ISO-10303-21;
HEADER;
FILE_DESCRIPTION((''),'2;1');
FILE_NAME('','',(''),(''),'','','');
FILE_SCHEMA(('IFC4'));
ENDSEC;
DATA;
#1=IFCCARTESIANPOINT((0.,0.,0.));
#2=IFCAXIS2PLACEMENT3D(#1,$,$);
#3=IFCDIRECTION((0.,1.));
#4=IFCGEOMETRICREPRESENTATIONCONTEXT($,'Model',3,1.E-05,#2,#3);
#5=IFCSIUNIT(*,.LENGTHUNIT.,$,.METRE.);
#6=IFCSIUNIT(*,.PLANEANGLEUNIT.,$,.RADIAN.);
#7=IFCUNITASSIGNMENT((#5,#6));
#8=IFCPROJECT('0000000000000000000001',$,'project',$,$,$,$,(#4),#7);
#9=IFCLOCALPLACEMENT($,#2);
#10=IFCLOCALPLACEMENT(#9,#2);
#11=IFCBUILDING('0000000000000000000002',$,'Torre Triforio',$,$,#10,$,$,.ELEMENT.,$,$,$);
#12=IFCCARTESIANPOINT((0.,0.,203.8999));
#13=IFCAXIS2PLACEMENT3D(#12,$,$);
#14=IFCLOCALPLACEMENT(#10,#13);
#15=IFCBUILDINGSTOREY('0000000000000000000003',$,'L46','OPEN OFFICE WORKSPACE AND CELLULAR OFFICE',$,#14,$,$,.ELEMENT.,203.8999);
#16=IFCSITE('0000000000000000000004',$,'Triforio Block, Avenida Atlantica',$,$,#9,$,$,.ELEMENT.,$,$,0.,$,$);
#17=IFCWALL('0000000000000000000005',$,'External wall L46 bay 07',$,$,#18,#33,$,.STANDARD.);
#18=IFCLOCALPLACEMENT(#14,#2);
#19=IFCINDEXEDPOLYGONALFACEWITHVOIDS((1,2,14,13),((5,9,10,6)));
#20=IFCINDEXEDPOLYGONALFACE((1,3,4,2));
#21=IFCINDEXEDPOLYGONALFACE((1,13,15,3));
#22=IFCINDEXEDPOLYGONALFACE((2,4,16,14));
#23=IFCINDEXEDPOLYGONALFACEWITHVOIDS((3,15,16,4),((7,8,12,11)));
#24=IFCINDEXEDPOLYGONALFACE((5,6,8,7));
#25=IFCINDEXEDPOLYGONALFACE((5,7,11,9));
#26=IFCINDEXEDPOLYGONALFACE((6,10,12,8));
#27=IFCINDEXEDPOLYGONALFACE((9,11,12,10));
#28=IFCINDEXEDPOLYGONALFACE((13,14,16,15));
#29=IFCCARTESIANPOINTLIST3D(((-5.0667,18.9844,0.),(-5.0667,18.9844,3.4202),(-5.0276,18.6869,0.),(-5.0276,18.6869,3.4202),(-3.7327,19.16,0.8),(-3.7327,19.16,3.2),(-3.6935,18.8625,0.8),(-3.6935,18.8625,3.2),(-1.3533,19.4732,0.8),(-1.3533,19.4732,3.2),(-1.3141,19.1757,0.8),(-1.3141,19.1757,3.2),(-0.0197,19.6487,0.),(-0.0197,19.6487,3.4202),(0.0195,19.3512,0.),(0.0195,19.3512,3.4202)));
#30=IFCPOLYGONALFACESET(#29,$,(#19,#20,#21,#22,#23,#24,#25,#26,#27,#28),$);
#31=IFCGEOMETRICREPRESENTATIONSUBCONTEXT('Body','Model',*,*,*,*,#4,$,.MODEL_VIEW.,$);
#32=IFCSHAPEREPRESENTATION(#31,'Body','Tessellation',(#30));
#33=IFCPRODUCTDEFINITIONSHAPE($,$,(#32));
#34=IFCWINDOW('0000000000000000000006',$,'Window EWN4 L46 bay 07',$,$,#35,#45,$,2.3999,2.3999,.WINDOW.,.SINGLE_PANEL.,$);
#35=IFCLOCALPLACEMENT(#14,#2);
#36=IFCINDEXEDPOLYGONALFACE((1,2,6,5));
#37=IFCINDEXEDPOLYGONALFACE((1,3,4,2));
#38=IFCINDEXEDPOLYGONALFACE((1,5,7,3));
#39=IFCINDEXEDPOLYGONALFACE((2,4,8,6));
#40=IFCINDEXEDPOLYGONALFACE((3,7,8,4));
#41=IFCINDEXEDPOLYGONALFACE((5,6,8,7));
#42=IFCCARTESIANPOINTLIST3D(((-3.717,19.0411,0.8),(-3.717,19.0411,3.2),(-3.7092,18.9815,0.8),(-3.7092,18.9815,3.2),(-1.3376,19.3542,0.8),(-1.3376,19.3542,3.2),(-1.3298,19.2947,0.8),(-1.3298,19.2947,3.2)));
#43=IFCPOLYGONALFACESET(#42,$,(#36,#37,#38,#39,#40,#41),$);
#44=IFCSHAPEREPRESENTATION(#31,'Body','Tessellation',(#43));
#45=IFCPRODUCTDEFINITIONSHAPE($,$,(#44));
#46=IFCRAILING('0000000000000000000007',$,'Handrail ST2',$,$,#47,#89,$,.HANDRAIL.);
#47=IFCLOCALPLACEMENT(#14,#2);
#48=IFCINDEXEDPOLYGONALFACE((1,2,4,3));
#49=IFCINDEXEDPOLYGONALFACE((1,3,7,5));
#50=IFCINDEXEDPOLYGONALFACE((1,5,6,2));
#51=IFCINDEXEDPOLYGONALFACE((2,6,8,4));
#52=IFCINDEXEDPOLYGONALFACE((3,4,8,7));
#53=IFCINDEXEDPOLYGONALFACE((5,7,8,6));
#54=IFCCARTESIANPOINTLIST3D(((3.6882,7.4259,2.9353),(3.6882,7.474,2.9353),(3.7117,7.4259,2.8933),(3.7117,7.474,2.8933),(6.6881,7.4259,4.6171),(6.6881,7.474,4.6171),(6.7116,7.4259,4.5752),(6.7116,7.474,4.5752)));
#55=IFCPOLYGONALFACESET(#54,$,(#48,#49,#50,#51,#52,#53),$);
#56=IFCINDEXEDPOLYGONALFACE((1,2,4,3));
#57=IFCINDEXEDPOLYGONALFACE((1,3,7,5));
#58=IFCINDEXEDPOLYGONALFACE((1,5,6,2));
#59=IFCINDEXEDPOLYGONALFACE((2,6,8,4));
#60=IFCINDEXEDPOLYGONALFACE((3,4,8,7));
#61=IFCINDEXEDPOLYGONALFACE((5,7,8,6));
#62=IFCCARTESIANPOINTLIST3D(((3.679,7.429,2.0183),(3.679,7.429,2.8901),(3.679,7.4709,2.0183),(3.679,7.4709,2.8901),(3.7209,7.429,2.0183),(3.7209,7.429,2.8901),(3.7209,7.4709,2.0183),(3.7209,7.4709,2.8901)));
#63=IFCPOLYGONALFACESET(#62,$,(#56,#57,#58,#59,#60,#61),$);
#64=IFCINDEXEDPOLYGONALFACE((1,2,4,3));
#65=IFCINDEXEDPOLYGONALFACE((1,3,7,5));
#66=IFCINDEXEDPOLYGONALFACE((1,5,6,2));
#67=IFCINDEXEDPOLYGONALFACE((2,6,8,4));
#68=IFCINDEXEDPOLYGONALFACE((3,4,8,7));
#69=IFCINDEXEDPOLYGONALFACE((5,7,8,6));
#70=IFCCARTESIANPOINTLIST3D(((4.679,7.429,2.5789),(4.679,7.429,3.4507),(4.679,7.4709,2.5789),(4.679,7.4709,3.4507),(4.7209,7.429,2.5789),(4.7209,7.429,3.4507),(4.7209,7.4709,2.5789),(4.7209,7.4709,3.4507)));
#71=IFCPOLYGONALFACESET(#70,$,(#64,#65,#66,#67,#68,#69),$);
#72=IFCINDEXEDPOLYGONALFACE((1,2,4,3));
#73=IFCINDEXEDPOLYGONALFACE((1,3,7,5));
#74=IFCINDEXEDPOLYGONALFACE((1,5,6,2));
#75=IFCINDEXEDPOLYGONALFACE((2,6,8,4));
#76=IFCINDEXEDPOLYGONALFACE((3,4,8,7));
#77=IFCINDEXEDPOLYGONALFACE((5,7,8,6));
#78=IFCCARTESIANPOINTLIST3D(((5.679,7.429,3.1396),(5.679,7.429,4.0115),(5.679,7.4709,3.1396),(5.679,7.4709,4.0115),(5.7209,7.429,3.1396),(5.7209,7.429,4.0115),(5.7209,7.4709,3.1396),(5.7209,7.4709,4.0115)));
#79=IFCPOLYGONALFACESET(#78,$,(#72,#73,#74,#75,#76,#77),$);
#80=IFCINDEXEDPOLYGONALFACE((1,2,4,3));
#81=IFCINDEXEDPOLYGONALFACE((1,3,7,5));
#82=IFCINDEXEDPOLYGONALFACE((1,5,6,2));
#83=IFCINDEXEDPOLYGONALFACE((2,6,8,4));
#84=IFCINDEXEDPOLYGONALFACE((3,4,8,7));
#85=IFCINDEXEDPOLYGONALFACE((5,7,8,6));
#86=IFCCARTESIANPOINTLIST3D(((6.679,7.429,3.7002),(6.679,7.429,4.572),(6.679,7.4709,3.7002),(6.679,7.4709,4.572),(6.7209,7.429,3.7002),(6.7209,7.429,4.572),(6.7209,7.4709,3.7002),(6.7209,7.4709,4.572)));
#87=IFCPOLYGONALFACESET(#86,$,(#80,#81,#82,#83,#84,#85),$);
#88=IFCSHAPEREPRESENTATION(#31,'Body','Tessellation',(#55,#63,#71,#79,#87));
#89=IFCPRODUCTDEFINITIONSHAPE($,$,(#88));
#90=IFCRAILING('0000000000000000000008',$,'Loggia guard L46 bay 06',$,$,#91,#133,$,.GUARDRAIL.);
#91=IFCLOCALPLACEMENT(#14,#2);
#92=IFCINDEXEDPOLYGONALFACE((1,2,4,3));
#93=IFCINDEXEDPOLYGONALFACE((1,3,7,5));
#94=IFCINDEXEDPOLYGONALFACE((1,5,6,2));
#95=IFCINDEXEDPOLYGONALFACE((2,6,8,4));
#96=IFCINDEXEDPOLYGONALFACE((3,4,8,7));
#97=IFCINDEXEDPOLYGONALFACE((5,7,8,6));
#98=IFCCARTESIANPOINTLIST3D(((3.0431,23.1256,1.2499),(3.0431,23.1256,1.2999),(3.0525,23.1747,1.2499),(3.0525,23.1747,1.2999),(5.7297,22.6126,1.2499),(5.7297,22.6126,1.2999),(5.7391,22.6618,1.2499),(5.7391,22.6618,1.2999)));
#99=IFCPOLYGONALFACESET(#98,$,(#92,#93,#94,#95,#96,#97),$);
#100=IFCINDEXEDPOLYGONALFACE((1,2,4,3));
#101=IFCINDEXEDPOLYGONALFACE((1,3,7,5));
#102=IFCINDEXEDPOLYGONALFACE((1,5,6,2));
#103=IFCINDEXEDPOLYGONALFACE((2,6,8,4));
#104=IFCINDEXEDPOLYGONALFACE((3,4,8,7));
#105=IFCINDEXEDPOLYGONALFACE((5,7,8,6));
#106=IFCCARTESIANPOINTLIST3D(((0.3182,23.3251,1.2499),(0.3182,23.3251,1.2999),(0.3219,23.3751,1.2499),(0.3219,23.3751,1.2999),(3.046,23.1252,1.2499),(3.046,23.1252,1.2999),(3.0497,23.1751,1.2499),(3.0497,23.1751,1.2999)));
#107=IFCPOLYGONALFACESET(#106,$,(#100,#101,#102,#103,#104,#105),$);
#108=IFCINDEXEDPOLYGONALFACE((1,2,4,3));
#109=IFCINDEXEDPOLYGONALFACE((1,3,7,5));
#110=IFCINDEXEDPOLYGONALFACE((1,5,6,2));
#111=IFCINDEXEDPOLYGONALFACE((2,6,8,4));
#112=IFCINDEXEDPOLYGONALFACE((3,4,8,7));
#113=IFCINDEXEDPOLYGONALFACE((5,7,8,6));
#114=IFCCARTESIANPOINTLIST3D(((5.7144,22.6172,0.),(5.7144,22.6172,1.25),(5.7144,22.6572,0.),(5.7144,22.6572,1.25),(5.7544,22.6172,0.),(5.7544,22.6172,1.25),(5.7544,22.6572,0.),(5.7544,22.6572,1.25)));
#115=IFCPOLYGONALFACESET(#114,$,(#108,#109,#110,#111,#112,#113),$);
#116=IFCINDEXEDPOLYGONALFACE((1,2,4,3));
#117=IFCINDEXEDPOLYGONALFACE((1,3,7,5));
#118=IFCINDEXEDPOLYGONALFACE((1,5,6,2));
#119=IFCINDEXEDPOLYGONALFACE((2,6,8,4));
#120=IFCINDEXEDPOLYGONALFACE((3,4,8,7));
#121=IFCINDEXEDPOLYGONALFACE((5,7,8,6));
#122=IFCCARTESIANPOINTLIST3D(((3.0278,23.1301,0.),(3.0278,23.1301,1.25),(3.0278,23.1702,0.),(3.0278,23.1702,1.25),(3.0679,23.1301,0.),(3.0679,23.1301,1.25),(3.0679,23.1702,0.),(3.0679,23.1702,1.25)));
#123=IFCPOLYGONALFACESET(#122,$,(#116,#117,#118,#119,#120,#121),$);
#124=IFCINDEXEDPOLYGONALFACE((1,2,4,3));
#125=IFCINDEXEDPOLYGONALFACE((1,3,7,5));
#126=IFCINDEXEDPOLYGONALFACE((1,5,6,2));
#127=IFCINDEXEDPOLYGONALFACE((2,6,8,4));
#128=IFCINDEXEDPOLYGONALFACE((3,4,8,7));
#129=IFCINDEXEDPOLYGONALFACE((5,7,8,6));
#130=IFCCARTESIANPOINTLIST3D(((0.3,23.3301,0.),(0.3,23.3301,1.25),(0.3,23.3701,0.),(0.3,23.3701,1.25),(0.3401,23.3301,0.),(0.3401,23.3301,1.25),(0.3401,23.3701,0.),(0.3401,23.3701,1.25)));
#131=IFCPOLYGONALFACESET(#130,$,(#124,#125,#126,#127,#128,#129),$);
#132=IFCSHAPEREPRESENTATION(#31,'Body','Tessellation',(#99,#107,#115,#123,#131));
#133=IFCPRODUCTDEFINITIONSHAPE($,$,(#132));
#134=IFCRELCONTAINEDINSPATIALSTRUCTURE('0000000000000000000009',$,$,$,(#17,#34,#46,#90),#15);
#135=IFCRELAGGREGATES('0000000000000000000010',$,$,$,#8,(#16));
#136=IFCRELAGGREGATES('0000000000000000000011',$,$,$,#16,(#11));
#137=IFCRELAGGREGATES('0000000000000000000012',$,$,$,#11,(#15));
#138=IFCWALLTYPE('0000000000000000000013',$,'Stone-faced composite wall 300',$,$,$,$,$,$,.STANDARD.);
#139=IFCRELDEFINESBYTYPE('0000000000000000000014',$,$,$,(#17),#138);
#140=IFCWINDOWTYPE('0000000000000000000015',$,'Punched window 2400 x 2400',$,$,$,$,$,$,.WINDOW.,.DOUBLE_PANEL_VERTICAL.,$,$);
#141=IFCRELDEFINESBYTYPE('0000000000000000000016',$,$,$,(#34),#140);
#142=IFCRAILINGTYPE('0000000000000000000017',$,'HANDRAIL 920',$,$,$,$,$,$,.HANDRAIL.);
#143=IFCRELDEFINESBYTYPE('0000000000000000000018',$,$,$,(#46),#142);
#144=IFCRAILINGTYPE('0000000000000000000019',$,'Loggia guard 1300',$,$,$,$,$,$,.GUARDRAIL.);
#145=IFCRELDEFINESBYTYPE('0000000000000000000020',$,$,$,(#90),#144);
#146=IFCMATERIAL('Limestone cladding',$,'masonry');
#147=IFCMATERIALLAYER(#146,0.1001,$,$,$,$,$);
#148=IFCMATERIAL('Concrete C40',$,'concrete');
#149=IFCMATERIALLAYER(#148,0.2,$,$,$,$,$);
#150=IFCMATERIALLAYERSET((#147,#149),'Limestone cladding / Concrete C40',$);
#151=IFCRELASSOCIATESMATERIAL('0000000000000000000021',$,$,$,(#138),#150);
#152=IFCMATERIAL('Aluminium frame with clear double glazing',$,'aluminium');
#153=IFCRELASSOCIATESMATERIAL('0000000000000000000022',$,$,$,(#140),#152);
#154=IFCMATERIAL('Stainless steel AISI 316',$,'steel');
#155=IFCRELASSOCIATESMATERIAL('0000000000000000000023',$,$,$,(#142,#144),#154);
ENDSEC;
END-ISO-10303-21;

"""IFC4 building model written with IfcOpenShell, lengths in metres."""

from ifc_helpers import new_model, si_unit, direction, frame, frame_2d, origin, origin_2d, place, context, subcontext, project, spatial, rectangle, extrude, material, layer, layer_set, type_object, element, fill, save


model = new_model("IFC4")

# Units and contexts
model_context = context("Model", 3, precision=1e-05, world=origin(), true_north=direction((0.0, 1.0)))
body_context = subcontext(model_context, "Body", "Model", "MODEL_VIEW")
ifc_project = project(units=[si_unit("LENGTHUNIT", "METRE"), si_unit("PLANEANGLEUNIT", "RADIAN")], contexts=[model_context])

# Site, building, storey
site_placement = place(None, origin())
site = spatial("IfcSite", under=ifc_project, at=site_placement, Name="Triforio Block, Avenida Atlantica", CompositionType="ELEMENT", RefElevation=0.0)
building_placement = place(site_placement, origin())
building = spatial("IfcBuilding", under=site, at=building_placement, Name="Torre Triforio", CompositionType="ELEMENT")
storey_placement = place(building_placement, frame((0.0, 0.0, 203.8999)))
storey = spatial("IfcBuildingStorey", under=building, at=storey_placement, Name="L46", Description="OPEN OFFICE WORKSPACE AND CELLULAR OFFICE", CompositionType="ELEMENT", Elevation=203.8999)

# Shared definitions
ifc_material_1 = material(Name="Concrete C40", Category="concrete")

# Shared definitions
ifc_material_2 = material(Name="Limestone cladding", Category="masonry")
ifc_layer_1 = layer(ifc_material_2, 0.1001)
ifc_layer_2 = layer(ifc_material_1, 0.2)
ifc_layer_set_1 = layer_set([ifc_layer_1, ifc_layer_2], Name="Limestone cladding / Concrete C40")
wall_type_1 = type_object("IfcWallType", Name="Stone-faced composite wall 300", PredefinedType="STANDARD", material=ifc_layer_set_1)
ifc_material_3 = material(Name="Aluminium frame with clear double glazing", Category="aluminium")

# Wall, opening, window
wall_1_placement = place(storey_placement, frame((0.0, 19.5, 0.0), z_axis=(0.0, 0.0, 1.0), x_axis=(-0.991449, -0.130495, 0.0)))
wall_1 = element("IfcWall", 1, at=wall_1_placement, inside=storey, type_object=wall_type_1, Name="External wall L46 bay 07", PredefinedType="STANDARD", context=body_context, shape_type="SweptSolid", body=[
    extrude(rectangle(XDim=5.0906, YDim=0.3, at=frame_2d((2.5454, 0.0))), origin(), (0.0, 0.0, 1.0), 3.4202),
])
opening_1_placement = place(wall_1_placement, frame((1.3452, 0.0, 0.8)))
opening_1 = element("IfcOpeningElement", 2, at=opening_1_placement, cuts=wall_1, PredefinedType="OPENING", context=body_context, shape_type="SweptSolid", body=[
    extrude(rectangle(XDim=2.3999, YDim=2.3999, at=frame_2d((1.2, 1.2))), frame((0.0, 0.1599, 0.0), z_axis=(0.0, -1.0, 0.0), x_axis=(1.0, 0.0, 0.0)), (0.0, 0.0, 1.0), 0.3201),
])
window_type_1 = type_object("IfcWindowType", Name="Punched window 2400 x 2400", PartitioningType="DOUBLE_PANEL_VERTICAL", PredefinedType="WINDOW", material=ifc_material_3)
window_1_placement = place(opening_1_placement, origin())
window_1 = element("IfcWindow", 3, at=window_1_placement, inside=storey, type_object=window_type_1, Name="Window EWN4 L46 bay 07", OverallHeight=2.3999, OverallWidth=2.3999, PartitioningType="SINGLE_PANEL", PredefinedType="WINDOW", context=body_context, shape_type="SweptSolid", body=[
    extrude(rectangle(XDim=2.3999, YDim=2.3999, at=frame_2d((1.2, 1.2))), frame((0.0, 0.03, 0.0), z_axis=(0.0, -1.0, 0.0), x_axis=(1.0, 0.0, 0.0)), (0.0, 0.0, 1.0), 0.0601),
])
fill(opening_1, window_1)

# Railings
ifc_material_4 = material(Name="Stainless steel AISI 316", Category="steel")
railing_type_1 = type_object("IfcRailingType", Name="HANDRAIL 920", PredefinedType="HANDRAIL", material=ifc_material_4)
railing_1_placement = place(storey_placement, frame((3.7, 7.45, 2.0183)))
element("IfcRailing", 4, at=railing_1_placement, inside=storey, type_object=railing_type_1, Name="Handrail ST2", PredefinedType="HANDRAIL", context=body_context, shape_type="SweptSolid", body=[
    extrude(rectangle(XDim=0.0481, YDim=0.0481, at=origin_2d()), frame((0.0, 0.0, 0.896), z_axis=(0.872272, 0.0, 0.48902), x_axis=(0.0, 1.0, 0.0)), (0.0, 0.0, 1.0), 3.4392),
    extrude(rectangle(XDim=0.042, YDim=0.042, at=origin_2d()), origin(), (0.0, 0.0, 1.0), 0.8718),
    extrude(rectangle(XDim=0.042, YDim=0.042, at=origin_2d()), frame((1.0, 0.0, 0.5605)), (0.0, 0.0, 1.0), 0.8718),
    extrude(rectangle(XDim=0.042, YDim=0.042, at=origin_2d()), frame((2.0, 0.0, 1.1213)), (0.0, 0.0, 1.0), 0.8718),
    extrude(rectangle(XDim=0.042, YDim=0.042, at=origin_2d()), frame((3.0, 0.0, 1.6819)), (0.0, 0.0, 1.0), 0.8718),
])
railing_type_2 = type_object("IfcRailingType", Name="Loggia guard 1300", PredefinedType="GUARDRAIL", material=ifc_material_4)
railing_2_placement = place(storey_placement, frame((5.7344, 22.6372, 0.0)))
element("IfcRailing", 5, at=railing_2_placement, inside=storey, type_object=railing_type_2, Name="Loggia guard L46 bay 06", PredefinedType="GUARDRAIL", context=body_context, shape_type="SweptSolid", body=[
    extrude(rectangle(XDim=0.05, YDim=0.05, at=origin_2d()), frame((0.0, 0.0, 1.2749), z_axis=(-0.982256, 0.187543, 0.0), x_axis=(-0.187543, -0.982256, 0.0)), (0.0, 0.0, 1.0), 2.7351),
    extrude(rectangle(XDim=0.05, YDim=0.05, at=origin_2d()), frame((-2.6865, 0.5129, 1.2749), z_axis=(-0.997324, 0.073106, 0.0), x_axis=(-0.073106, -0.997324, 0.0)), (0.0, 0.0, 1.0), 2.7351),
    extrude(rectangle(XDim=0.04, YDim=0.04, at=origin_2d()), origin(), (0.0, 0.0, 1.0), 1.25),
    extrude(rectangle(XDim=0.04, YDim=0.04, at=origin_2d()), frame((-2.6865, 0.5129, 0.0)), (0.0, 0.0, 1.0), 1.25),
    extrude(rectangle(XDim=0.04, YDim=0.04, at=origin_2d()), frame((-5.4143, 0.7129, 0.0)), (0.0, 0.0, 1.0), 1.25),
])

save(model, "model.ifc")
